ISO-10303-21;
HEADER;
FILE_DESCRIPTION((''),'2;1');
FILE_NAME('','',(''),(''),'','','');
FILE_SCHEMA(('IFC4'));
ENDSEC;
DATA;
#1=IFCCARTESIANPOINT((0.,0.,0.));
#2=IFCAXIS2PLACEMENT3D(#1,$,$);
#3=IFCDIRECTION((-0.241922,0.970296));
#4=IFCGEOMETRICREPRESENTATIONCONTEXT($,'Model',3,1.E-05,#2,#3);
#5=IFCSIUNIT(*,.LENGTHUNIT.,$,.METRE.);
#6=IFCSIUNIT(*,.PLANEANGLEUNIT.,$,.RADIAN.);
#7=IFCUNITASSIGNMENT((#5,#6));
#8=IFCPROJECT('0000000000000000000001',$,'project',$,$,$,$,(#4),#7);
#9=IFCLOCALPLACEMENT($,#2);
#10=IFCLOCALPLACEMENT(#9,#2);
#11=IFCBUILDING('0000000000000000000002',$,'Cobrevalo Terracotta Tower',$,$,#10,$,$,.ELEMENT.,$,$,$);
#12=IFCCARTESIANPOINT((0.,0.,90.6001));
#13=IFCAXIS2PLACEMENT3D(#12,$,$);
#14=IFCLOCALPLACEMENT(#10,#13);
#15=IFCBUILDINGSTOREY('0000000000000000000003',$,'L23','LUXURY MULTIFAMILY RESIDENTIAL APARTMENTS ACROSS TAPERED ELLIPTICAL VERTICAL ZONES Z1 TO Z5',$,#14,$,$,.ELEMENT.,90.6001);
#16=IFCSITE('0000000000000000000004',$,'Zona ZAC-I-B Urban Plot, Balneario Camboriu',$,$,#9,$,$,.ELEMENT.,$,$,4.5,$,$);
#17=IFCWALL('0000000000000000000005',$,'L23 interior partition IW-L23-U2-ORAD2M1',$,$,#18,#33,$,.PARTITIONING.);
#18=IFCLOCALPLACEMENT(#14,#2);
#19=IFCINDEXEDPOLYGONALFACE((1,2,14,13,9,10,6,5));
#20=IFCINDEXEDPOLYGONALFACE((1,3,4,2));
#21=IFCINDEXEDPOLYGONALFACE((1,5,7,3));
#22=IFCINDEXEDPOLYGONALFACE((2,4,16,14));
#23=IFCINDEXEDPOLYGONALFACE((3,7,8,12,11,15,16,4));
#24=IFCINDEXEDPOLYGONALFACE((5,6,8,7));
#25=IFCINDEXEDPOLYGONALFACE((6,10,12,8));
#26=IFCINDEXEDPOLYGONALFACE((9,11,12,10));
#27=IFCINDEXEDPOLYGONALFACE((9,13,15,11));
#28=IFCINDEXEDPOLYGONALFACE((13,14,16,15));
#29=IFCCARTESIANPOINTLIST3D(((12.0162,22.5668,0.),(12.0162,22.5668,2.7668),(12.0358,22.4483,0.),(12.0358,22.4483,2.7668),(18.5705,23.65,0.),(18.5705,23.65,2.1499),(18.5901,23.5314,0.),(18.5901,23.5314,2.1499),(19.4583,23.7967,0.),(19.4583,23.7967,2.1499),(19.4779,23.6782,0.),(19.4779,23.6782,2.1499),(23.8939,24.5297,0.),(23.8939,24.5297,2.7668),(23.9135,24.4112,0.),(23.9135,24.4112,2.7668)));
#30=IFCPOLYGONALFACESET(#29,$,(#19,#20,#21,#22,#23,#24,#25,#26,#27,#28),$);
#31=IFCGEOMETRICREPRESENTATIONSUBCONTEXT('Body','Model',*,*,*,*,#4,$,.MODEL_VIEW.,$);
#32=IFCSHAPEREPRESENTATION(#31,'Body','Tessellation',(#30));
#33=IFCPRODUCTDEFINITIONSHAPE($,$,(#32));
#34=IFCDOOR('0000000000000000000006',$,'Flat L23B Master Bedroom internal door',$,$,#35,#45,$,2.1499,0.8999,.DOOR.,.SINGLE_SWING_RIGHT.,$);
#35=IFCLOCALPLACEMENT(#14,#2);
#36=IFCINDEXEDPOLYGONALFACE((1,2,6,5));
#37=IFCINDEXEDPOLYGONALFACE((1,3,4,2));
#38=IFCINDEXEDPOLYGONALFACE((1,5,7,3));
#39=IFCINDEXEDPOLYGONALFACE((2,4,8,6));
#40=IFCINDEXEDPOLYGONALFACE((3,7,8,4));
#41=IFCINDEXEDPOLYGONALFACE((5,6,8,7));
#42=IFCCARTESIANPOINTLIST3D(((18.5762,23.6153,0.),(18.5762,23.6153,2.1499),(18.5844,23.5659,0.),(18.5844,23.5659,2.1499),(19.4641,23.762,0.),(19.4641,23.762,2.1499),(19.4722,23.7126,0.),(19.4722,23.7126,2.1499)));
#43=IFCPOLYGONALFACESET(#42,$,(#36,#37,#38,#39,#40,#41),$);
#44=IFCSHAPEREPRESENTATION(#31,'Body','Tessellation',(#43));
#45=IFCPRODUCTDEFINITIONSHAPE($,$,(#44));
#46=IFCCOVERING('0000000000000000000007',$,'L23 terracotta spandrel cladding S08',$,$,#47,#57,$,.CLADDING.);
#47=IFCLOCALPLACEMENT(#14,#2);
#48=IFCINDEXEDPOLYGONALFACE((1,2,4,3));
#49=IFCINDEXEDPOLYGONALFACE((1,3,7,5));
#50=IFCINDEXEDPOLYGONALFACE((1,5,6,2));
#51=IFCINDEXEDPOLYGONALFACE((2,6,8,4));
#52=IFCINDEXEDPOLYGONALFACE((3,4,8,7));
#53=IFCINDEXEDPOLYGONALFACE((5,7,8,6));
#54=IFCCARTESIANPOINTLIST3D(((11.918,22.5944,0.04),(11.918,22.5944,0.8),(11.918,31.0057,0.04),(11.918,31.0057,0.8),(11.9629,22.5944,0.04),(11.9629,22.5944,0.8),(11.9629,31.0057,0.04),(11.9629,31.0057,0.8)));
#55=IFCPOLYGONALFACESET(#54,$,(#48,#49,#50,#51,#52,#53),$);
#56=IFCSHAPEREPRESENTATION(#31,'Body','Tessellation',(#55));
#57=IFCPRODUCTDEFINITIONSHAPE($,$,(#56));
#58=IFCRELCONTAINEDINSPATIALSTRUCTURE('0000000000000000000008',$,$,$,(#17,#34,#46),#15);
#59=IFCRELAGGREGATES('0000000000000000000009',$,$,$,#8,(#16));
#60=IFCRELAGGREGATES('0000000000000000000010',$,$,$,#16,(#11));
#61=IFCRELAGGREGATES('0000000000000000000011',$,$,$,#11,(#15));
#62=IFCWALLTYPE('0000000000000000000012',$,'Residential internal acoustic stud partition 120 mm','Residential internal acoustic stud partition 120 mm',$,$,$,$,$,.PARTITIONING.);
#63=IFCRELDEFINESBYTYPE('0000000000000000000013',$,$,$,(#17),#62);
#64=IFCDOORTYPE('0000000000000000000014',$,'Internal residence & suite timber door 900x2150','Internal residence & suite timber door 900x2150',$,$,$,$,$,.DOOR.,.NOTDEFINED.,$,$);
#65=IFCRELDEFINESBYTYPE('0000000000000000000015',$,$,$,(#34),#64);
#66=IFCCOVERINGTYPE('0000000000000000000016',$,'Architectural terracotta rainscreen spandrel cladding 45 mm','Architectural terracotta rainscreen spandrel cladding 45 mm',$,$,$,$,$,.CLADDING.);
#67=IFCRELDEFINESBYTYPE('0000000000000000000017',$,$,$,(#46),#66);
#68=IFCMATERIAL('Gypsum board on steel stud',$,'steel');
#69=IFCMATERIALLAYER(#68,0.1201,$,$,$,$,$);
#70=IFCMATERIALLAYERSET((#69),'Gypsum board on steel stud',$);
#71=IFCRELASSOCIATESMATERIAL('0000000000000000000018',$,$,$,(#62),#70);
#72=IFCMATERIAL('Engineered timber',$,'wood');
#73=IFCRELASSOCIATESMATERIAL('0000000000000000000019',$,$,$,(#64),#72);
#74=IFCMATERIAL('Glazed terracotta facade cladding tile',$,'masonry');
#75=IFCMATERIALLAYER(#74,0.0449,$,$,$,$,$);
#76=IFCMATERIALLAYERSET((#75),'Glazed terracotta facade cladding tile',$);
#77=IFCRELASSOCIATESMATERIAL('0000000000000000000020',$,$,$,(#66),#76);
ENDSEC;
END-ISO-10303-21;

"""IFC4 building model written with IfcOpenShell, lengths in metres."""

from ifc_helpers import new_model, si_unit, direction, frame, frame_2d, origin, origin_2d, place, context, subcontext, project, spatial, rectangle, extrude, source, transform, mapped, material, layer, layer_set, type_object, element, fill, save


model = new_model("IFC4")

# Units and contexts
model_context = context("Model", 3, precision=1e-05, world=origin(), true_north=direction((-0.241922, 0.970296)))
body_context = subcontext(model_context, "Body", "Model", "MODEL_VIEW")
ifc_project = project(units=[si_unit("LENGTHUNIT", "METRE"), si_unit("PLANEANGLEUNIT", "RADIAN")], contexts=[model_context])

# Site, building, storey
site_placement = place(None, origin())
site = spatial("IfcSite", under=ifc_project, at=site_placement, Name="Zona ZAC-I-B Urban Plot, Balneario Camboriu", CompositionType="ELEMENT", RefElevation=4.5)
building_placement = place(site_placement, origin())
building = spatial("IfcBuilding", under=site, at=building_placement, Name="Cobrevalo Terracotta Tower", CompositionType="ELEMENT")
storey_placement = place(building_placement, frame((0.0, 0.0, 90.6001)))
storey = spatial("IfcBuildingStorey", under=building, at=storey_placement, Name="L23", Description="LUXURY MULTIFAMILY RESIDENTIAL APARTMENTS ACROSS TAPERED ELLIPTICAL VERTICAL ZONES Z1 TO Z5", CompositionType="ELEMENT", Elevation=90.6001)

# Shared definitions
ifc_material_1 = material(Name="Gypsum board on steel stud", Category="steel")
ifc_layer_1 = layer(ifc_material_1, 0.1201)
ifc_layer_set_1 = layer_set([ifc_layer_1], Name="Gypsum board on steel stud")
wall_type_1 = type_object("IfcWallType", Name="Residential internal acoustic stud partition 120 mm", Description="Residential internal acoustic stud partition 120 mm", PredefinedType="PARTITIONING", material=ifc_layer_set_1)

# Wall, opening, door
ifc_material_2 = material(Name="Engineered timber", Category="wood")
door_type = type_object("IfcDoorType", Name="Internal residence & suite timber door 900x2150", Description="Internal residence & suite timber door 900x2150", OperationType="NOTDEFINED", PredefinedType="DOOR", material=ifc_material_2)
shared_shape_1 = source(origin(), body_context, "Body", "SweptSolid", [
    extrude(rectangle(XDim=0.8999, YDim=2.1499, at=frame_2d((0.45, 1.075))), frame((0.0, 0.0249, 0.0), z_axis=(0.0, -1.0, 0.0), x_axis=(1.0, 0.0, 0.0)), (0.0, 0.0, 1.0), 0.05),
])
wall_1_placement = place(storey_placement, frame((23.9038, 24.4705, 0.0), z_axis=(0.0, 0.0, 1.0), x_axis=(-0.986618, -0.163047, 0.0)))
wall_1 = element("IfcWall", 1, at=wall_1_placement, inside=storey, type_object=wall_type_1, Name="L23 interior partition IW-L23-U2-ORAD2M1", PredefinedType="PARTITIONING", context=body_context, shape_type="SweptSolid", body=[
    extrude(rectangle(XDim=12.0388, YDim=0.1201, at=frame_2d((6.0195, 0.0))), origin(), (0.0, 0.0, 1.0), 2.7668),
])
opening_1_placement = place(wall_1_placement, frame((4.4958, 0.0, 0.0)))
opening_1 = element("IfcOpeningElement", 2, at=opening_1_placement, cuts=wall_1, PredefinedType="OPENING", context=body_context, shape_type="SweptSolid", body=[
    extrude(rectangle(XDim=0.8999, YDim=2.1499, at=frame_2d((0.45, 1.075))), frame((0.0, 0.0701, 0.0), z_axis=(0.0, -1.0, 0.0), x_axis=(1.0, 0.0, 0.0)), (0.0, 0.0, 1.0), 0.1401),
])
door_1_placement = place(opening_1_placement, frame((0.8999, 0.0, 0.0), z_axis=(0.0, 0.0, 1.0), x_axis=(-1.0, 0.0, 0.0)))
door_1 = element("IfcDoor", 3, at=door_1_placement, inside=storey, type_object=door_type, Name="Flat L23B Master Bedroom internal door", OperationType="SINGLE_SWING_RIGHT", OverallHeight=2.1499, OverallWidth=0.8999, PredefinedType="DOOR", context=body_context, shape_type="MappedRepresentation", body=[
    mapped(shared_shape_1, transform((0.0, 0.0, 0.0), scale=1.0)),
])
fill(opening_1, door_1)

# Covering
ifc_material_3 = material(Name="Glazed terracotta facade cladding tile", Category="masonry")
ifc_layer_2 = layer(ifc_material_3, 0.0449)
ifc_layer_set_2 = layer_set([ifc_layer_2], Name="Glazed terracotta facade cladding tile")
covering_type = type_object("IfcCoveringType", Name="Architectural terracotta rainscreen spandrel cladding 45 mm", Description="Architectural terracotta rainscreen spandrel cladding 45 mm", PredefinedType="CLADDING", material=ifc_layer_set_2)
shared_shape_2 = source(origin(), body_context, "Body", "SweptSolid", [
    extrude(rectangle(XDim=8.4114, YDim=0.0449, at=origin_2d()), origin(), (0.0, 0.0, 1.0), 0.76),
])
covering_placement = place(storey_placement, frame((11.9404, 26.8, 0.04), z_axis=(0.0, 0.0, 1.0), x_axis=(0.0, -1.0, 0.0)))
element("IfcCovering", 4, at=covering_placement, inside=storey, type_object=covering_type, Name="L23 terracotta spandrel cladding S08", PredefinedType="CLADDING", context=body_context, shape_type="MappedRepresentation", body=[
    mapped(shared_shape_2, transform((0.0, 0.0, 0.0), scale=1.0)),
])

save(model, "model.ifc")
